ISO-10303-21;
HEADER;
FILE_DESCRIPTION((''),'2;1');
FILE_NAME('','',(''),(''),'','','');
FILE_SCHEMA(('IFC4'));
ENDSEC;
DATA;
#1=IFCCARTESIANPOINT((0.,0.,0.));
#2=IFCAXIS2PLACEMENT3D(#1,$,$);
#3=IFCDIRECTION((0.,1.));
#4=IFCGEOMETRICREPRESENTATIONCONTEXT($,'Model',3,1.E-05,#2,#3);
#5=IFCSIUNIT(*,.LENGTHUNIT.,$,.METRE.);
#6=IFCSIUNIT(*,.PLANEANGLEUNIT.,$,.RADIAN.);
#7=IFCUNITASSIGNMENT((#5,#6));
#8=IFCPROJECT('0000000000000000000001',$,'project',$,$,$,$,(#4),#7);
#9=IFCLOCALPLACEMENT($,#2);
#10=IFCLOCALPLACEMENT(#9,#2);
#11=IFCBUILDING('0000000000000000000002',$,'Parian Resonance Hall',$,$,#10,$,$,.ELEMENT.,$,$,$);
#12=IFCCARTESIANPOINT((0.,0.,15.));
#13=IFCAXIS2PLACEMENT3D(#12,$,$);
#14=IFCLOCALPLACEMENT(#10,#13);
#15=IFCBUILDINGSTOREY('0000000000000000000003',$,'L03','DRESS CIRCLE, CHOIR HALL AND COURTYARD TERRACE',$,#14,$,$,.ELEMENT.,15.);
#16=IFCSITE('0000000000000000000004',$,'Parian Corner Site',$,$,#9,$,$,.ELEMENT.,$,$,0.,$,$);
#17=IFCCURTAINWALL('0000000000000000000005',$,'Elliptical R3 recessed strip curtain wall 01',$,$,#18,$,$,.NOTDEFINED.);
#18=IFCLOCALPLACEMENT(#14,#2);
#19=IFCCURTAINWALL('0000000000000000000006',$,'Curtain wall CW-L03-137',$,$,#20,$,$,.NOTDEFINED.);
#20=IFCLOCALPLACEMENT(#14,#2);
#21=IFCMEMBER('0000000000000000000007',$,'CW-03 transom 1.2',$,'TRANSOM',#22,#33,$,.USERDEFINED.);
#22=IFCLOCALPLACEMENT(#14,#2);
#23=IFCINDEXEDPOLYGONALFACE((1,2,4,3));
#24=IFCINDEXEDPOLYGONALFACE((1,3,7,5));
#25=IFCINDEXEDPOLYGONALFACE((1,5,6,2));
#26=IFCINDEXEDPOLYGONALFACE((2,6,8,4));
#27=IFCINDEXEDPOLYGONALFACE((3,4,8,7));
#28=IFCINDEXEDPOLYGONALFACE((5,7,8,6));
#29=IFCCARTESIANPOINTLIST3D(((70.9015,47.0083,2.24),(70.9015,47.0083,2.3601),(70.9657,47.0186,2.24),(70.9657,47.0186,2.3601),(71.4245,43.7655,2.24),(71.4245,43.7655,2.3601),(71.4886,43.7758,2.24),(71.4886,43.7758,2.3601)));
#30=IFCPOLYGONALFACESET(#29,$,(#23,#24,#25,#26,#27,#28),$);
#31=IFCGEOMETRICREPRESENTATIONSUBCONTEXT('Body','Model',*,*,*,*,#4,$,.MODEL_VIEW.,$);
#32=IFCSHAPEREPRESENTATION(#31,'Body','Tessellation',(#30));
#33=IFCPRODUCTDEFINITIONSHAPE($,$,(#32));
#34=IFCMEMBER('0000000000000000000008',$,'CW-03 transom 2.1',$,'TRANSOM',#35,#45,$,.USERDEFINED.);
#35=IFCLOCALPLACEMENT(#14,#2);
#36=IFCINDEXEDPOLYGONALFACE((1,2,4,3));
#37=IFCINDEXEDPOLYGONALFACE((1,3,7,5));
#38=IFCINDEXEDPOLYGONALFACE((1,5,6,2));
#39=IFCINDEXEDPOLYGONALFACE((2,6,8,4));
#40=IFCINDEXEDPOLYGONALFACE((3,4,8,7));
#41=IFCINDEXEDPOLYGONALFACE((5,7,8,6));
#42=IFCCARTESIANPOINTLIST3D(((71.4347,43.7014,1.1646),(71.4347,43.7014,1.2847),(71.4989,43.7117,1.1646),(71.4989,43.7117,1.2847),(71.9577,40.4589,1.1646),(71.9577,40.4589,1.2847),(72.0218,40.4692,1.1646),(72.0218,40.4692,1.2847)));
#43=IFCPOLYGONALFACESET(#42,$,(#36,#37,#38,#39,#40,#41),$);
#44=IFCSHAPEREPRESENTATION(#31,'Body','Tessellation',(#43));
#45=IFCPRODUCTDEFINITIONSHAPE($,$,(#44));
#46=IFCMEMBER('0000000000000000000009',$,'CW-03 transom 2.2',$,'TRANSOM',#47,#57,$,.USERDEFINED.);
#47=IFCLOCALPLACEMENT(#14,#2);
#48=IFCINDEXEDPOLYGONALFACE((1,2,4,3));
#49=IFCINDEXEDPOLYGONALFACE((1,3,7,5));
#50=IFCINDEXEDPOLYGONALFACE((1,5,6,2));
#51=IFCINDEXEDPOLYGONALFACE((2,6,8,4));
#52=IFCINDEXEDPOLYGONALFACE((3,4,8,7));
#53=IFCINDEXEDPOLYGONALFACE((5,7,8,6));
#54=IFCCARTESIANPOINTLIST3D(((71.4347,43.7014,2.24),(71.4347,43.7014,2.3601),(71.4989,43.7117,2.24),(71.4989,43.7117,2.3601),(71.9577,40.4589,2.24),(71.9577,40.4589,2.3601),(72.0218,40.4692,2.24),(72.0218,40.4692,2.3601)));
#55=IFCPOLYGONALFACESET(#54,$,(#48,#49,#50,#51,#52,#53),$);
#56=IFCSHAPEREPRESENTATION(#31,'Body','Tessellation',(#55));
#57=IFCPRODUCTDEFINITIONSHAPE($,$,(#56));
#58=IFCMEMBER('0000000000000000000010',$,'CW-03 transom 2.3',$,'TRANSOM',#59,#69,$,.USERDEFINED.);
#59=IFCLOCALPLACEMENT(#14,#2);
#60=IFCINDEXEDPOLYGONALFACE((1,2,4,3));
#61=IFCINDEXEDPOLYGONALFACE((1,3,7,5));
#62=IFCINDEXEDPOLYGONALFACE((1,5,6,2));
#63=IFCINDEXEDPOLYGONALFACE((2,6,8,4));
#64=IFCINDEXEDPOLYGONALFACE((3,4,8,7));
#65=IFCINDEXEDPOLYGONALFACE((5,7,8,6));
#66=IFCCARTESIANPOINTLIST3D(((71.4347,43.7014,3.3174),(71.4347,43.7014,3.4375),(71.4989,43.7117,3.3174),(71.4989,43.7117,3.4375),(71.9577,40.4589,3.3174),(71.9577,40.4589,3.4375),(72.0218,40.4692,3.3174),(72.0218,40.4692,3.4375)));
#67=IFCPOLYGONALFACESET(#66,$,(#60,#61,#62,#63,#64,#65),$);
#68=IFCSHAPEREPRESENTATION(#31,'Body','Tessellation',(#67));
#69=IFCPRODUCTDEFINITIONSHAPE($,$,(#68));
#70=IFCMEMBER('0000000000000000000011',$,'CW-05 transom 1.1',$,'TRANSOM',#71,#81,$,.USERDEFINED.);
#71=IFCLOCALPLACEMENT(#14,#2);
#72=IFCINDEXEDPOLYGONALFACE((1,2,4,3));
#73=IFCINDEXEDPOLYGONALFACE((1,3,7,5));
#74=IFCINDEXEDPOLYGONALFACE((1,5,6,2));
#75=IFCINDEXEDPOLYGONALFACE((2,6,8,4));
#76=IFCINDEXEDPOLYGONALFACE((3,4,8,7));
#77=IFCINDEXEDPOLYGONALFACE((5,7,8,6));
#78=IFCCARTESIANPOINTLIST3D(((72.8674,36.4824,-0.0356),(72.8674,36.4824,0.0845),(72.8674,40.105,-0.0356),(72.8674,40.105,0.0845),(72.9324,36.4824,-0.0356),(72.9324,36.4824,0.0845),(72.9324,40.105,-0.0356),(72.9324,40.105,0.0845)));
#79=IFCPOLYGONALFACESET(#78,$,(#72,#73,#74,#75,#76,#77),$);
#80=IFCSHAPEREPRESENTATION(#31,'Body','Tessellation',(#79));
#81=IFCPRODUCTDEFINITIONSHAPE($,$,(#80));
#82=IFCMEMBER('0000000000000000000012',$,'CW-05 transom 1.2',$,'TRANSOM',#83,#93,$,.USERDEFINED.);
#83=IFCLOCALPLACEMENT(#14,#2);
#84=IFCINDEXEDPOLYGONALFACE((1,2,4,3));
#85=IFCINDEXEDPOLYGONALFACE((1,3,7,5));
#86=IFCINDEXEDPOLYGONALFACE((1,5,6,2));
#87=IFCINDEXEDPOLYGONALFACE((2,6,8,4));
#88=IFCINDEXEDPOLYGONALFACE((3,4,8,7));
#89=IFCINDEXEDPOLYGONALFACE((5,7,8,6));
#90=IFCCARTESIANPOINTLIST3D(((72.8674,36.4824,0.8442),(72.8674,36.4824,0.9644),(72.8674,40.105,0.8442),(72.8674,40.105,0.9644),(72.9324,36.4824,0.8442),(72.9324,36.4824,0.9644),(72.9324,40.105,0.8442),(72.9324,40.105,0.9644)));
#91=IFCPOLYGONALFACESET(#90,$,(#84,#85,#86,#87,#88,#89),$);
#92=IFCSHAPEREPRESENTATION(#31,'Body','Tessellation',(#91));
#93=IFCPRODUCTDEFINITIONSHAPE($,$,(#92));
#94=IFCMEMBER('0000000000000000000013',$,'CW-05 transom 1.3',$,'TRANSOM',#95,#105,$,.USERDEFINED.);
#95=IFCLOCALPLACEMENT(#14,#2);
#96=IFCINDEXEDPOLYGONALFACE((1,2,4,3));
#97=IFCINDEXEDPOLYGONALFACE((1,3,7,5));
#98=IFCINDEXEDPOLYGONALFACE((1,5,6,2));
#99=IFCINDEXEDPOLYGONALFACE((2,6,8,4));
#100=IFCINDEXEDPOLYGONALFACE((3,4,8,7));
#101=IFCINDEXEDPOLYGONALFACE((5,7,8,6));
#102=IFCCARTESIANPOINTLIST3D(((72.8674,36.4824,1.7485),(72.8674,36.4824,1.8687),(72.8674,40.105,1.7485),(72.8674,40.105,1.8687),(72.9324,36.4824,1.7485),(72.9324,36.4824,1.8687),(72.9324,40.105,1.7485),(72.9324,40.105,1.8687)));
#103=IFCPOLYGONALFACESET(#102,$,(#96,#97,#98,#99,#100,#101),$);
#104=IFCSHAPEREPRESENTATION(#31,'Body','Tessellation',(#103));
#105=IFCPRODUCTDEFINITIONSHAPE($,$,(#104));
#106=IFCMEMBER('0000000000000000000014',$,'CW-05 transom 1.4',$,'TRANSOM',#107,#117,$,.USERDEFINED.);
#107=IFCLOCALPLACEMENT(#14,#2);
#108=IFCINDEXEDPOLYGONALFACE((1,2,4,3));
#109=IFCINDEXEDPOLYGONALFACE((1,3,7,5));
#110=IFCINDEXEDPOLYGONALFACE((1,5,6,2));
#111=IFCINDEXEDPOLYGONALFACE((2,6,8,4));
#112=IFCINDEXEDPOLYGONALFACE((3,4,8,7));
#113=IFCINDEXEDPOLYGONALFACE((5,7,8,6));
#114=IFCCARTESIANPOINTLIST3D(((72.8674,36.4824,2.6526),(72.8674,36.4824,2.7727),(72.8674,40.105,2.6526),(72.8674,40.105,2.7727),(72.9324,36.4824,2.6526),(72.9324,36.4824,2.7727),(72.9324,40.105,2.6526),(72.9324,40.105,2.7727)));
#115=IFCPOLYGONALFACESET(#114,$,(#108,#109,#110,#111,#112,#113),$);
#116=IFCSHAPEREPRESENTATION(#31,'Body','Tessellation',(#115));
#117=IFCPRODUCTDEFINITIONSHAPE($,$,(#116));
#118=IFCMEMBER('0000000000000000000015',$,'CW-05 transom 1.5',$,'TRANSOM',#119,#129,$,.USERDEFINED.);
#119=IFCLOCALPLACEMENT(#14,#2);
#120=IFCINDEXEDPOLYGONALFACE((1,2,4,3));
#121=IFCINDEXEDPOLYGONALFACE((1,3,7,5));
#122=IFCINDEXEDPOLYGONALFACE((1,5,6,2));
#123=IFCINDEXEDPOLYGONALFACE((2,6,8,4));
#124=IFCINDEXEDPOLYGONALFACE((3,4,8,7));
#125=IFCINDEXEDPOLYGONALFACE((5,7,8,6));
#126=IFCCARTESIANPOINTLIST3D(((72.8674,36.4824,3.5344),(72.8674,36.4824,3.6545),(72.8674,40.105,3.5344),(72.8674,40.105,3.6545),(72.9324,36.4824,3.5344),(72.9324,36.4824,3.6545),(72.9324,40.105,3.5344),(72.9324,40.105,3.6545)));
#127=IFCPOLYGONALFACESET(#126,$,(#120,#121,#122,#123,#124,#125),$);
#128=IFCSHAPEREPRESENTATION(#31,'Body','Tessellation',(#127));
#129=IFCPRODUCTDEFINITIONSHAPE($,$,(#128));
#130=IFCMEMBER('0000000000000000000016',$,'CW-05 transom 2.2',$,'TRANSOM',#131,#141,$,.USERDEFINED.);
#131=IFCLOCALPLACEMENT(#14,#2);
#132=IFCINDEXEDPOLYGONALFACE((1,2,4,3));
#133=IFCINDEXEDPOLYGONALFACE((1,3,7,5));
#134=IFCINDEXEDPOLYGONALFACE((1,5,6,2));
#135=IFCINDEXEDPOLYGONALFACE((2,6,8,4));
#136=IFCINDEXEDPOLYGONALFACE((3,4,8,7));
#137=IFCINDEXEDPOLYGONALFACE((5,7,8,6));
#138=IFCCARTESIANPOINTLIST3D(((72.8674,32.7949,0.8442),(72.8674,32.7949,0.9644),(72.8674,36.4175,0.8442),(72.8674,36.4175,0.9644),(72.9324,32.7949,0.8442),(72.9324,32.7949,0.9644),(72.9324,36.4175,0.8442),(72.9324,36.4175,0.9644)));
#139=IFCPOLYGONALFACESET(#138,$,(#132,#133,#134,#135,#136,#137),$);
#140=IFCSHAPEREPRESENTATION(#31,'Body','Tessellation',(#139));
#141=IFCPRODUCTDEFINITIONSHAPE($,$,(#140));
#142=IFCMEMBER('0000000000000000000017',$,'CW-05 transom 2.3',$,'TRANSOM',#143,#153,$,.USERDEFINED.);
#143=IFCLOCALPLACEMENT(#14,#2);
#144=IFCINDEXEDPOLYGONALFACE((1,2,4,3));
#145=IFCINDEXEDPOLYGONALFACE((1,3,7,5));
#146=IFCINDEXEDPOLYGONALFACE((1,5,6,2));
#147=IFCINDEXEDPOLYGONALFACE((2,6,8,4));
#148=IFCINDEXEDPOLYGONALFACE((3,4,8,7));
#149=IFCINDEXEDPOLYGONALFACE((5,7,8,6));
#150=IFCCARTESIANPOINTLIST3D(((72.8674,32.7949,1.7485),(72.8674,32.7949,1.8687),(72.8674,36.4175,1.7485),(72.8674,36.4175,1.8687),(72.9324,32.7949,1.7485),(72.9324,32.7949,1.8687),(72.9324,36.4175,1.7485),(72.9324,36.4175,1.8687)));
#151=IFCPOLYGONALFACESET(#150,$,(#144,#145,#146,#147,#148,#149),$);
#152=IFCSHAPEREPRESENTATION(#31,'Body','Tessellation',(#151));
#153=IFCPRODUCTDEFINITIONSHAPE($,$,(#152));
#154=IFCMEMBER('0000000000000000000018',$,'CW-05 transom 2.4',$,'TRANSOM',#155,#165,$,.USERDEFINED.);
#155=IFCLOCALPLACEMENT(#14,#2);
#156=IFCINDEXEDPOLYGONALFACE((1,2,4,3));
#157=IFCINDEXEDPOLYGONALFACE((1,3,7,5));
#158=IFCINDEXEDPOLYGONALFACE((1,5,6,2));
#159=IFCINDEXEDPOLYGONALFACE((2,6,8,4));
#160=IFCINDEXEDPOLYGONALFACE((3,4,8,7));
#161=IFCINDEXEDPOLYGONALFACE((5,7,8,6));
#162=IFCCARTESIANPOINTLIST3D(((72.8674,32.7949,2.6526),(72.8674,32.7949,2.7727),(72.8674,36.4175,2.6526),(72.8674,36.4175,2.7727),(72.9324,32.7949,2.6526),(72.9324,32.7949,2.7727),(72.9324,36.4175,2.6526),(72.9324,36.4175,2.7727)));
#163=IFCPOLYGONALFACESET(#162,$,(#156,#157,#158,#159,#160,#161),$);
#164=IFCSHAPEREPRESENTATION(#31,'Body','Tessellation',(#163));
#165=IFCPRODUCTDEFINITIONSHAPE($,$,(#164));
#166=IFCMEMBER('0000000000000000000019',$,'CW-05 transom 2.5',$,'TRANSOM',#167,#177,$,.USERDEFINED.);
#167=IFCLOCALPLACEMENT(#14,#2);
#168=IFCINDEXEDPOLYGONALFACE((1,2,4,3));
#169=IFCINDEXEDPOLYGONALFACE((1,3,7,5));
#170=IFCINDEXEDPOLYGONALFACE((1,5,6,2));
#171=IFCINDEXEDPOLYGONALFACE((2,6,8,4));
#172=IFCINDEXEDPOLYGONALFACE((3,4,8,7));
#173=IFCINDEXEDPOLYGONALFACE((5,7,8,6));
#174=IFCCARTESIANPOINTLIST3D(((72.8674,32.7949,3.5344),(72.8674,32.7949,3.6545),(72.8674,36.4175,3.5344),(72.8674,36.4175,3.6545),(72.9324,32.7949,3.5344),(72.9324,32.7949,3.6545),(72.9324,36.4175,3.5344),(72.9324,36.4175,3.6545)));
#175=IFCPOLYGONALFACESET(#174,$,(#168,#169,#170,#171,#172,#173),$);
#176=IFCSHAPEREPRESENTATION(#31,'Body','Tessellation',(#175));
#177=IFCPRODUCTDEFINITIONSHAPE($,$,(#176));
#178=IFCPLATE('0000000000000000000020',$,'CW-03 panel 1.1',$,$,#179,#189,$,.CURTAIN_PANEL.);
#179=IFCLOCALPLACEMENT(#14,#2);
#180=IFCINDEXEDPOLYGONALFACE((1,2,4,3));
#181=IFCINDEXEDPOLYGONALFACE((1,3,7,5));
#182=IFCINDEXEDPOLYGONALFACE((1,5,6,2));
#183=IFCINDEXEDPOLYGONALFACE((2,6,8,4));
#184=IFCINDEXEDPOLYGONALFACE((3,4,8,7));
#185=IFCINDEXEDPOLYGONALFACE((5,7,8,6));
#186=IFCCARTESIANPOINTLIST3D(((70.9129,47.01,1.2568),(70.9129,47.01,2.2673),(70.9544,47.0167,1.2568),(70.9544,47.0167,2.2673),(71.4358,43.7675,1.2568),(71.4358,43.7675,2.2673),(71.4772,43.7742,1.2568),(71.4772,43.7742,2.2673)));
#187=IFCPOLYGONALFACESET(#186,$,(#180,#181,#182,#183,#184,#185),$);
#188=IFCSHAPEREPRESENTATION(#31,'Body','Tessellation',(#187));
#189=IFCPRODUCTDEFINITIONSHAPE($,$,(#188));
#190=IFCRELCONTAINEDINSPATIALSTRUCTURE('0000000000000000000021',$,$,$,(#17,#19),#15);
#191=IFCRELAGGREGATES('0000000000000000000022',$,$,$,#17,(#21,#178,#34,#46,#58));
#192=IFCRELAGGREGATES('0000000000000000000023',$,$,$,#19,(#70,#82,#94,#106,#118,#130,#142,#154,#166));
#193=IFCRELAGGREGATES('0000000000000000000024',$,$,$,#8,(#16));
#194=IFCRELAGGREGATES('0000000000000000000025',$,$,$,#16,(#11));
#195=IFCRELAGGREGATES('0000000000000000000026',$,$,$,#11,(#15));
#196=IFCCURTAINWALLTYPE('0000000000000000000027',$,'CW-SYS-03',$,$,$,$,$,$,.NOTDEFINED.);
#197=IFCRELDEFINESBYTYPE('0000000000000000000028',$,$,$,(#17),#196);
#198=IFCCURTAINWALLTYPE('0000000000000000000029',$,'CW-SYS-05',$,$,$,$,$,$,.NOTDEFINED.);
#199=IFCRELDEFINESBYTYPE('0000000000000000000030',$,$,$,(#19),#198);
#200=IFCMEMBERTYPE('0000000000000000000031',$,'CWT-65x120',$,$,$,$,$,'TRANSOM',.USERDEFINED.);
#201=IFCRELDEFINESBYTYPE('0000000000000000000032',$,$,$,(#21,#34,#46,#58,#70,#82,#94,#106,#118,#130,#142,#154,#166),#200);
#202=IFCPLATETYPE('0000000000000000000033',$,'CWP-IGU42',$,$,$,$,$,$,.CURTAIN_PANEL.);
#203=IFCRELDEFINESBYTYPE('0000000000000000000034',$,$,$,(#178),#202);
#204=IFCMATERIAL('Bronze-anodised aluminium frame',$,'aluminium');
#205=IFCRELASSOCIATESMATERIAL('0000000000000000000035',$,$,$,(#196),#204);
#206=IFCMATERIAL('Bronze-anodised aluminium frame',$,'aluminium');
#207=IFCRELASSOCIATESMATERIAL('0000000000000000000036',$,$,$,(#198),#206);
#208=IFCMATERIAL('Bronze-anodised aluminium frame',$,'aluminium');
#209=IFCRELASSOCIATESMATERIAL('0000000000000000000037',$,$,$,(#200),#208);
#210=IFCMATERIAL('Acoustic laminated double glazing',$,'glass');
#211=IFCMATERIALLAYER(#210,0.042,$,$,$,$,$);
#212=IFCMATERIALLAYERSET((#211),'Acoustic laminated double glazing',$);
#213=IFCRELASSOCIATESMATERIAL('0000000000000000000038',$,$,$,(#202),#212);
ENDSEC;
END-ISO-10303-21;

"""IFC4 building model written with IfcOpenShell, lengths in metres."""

from ifc_helpers import new_model, si_unit, direction, frame, origin, origin_2d, place, context, subcontext, project, spatial, rectangle, extrude, material, layer, layer_set, material_profile, profile_set, type_object, element, aggregate, save


model = new_model("IFC4")

# Units and contexts
model_context = context("Model", 3, precision=1e-05, world=origin(), true_north=direction((0.0, 1.0)))
body_context = subcontext(model_context, "Body", "Model", "MODEL_VIEW")
ifc_project = project(units=[si_unit("LENGTHUNIT", "METRE"), si_unit("PLANEANGLEUNIT", "RADIAN")], contexts=[model_context])

# Site, building, storey
site_placement = place(None, origin())
site = spatial("IfcSite", under=ifc_project, at=site_placement, Name="Parian Corner Site", CompositionType="ELEMENT", RefElevation=0.0)
building_placement = place(site_placement, origin())
building = spatial("IfcBuilding", under=site, at=building_placement, Name="Parian Resonance Hall", CompositionType="ELEMENT")
storey_placement = place(building_placement, frame((0.0, 0.0, 15.0)))
storey = spatial("IfcBuildingStorey", under=building, at=storey_placement, Name="L03", Description="DRESS CIRCLE, CHOIR HALL AND COURTYARD TERRACE", CompositionType="ELEMENT", Elevation=15.0)

# Curtain walls
ifc_material_1 = material(Name="Bronze-anodised aluminium frame", Category="aluminium")
curtain_wall_type_1 = type_object("IfcCurtainWallType", Name="CW-SYS-03", PredefinedType="NOTDEFINED", material=ifc_material_1)
curtain_wall_1_placement = place(storey_placement, origin())
curtain_wall_1 = element("IfcCurtainWall", 1, at=curtain_wall_1_placement, inside=storey, type_object=curtain_wall_type_1, Name="Elliptical R3 recessed strip curtain wall 01", PredefinedType="NOTDEFINED")
ifc_material_2 = material(Name="Bronze-anodised aluminium frame", Category="aluminium")
curtain_wall_type_2 = type_object("IfcCurtainWallType", Name="CW-SYS-05", PredefinedType="NOTDEFINED", material=ifc_material_2)
curtain_wall_2_placement = place(storey_placement, origin())
curtain_wall_2 = element("IfcCurtainWall", 2, at=curtain_wall_2_placement, inside=storey, type_object=curtain_wall_type_2, Name="Curtain wall CW-L03-137", PredefinedType="NOTDEFINED")

# Members
ifc_material_3 = material(Name="Bronze-anodised aluminium frame", Category="aluminium")
ifc_material_profile_1 = material_profile(ifc_material_3, rectangle(XDim=0.0649, YDim=0.1201, at=origin_2d()), Name="CWT-65x120")
ifc_profile_set_1 = profile_set([ifc_material_profile_1], Name="Bronze-anodised aluminium frame")
member_type_1 = type_object("IfcMemberType", Name="CWT-65x120", ElementType="TRANSOM", PredefinedType="USERDEFINED", material=ifc_profile_set_1)
member_1_placement = place(storey_placement, frame((70.9336, 47.0134, 2.3), z_axis=(0.159214, -0.987244, 0.0), x_axis=(0.987244, 0.159214, 0.0)))
member_1 = element("IfcMember", 3, at=member_1_placement, type_object=member_type_1, Name="CW-03 transom 1.2", ObjectType="TRANSOM", PredefinedType="USERDEFINED", context=body_context, shape_type="SweptSolid", body=[
    extrude(rectangle(XDim=0.0649, YDim=0.1201, at=origin_2d()), origin(), (0.0, 0.0, 1.0), 3.2847),
])
member_2_placement = place(storey_placement, frame((71.4668, 43.7065, 1.2246), z_axis=(0.159225, -0.987242, 0.0), x_axis=(0.987242, 0.159225, 0.0)))
member_2 = element("IfcMember", 4, at=member_2_placement, type_object=member_type_1, Name="CW-03 transom 2.1", ObjectType="TRANSOM", PredefinedType="USERDEFINED", context=body_context, shape_type="SweptSolid", body=[
    extrude(rectangle(XDim=0.0649, YDim=0.1201, at=origin_2d()), origin(), (0.0, 0.0, 1.0), 3.2844),
])
member_3_placement = place(storey_placement, frame((71.4668, 43.7065, 2.3), z_axis=(0.159225, -0.987242, 0.0), x_axis=(0.987242, 0.159225, 0.0)))
member_3 = element("IfcMember", 5, at=member_3_placement, type_object=member_type_1, Name="CW-03 transom 2.2", ObjectType="TRANSOM", PredefinedType="USERDEFINED", context=body_context, shape_type="SweptSolid", body=[
    extrude(rectangle(XDim=0.0649, YDim=0.1201, at=origin_2d()), origin(), (0.0, 0.0, 1.0), 3.2844),
])
member_4_placement = place(storey_placement, frame((71.4668, 43.7065, 3.3774), z_axis=(0.159225, -0.987242, 0.0), x_axis=(0.987242, 0.159225, 0.0)))
member_4 = element("IfcMember", 6, at=member_4_placement, type_object=member_type_1, Name="CW-03 transom 2.3", ObjectType="TRANSOM", PredefinedType="USERDEFINED", context=body_context, shape_type="SweptSolid", body=[
    extrude(rectangle(XDim=0.0649, YDim=0.1201, at=origin_2d()), origin(), (0.0, 0.0, 1.0), 3.2844),
])
member_5_placement = place(storey_placement, frame((72.8999, 40.105, 0.0244), z_axis=(0.0, -1.0, 0.0), x_axis=(1.0, 0.0, 0.0)))
member_5 = element("IfcMember", 7, at=member_5_placement, type_object=member_type_1, Name="CW-05 transom 1.1", ObjectType="TRANSOM", PredefinedType="USERDEFINED", context=body_context, shape_type="SweptSolid", body=[
    extrude(rectangle(XDim=0.0649, YDim=0.1201, at=origin_2d()), origin(), (0.0, 0.0, 1.0), 3.6226),
])
member_6_placement = place(storey_placement, frame((72.8999, 40.105, 0.9043), z_axis=(0.0, -1.0, 0.0), x_axis=(1.0, 0.0, 0.0)))
member_6 = element("IfcMember", 8, at=member_6_placement, type_object=member_type_1, Name="CW-05 transom 1.2", ObjectType="TRANSOM", PredefinedType="USERDEFINED", context=body_context, shape_type="SweptSolid", body=[
    extrude(rectangle(XDim=0.0649, YDim=0.1201, at=origin_2d()), origin(), (0.0, 0.0, 1.0), 3.6226),
])
member_7_placement = place(storey_placement, frame((72.8999, 40.105, 1.8086), z_axis=(0.0, -1.0, 0.0), x_axis=(1.0, 0.0, 0.0)))
member_7 = element("IfcMember", 9, at=member_7_placement, type_object=member_type_1, Name="CW-05 transom 1.3", ObjectType="TRANSOM", PredefinedType="USERDEFINED", context=body_context, shape_type="SweptSolid", body=[
    extrude(rectangle(XDim=0.0649, YDim=0.1201, at=origin_2d()), origin(), (0.0, 0.0, 1.0), 3.6226),
])
member_8_placement = place(storey_placement, frame((72.8999, 40.105, 2.7126), z_axis=(0.0, -1.0, 0.0), x_axis=(1.0, 0.0, 0.0)))
member_8 = element("IfcMember", 10, at=member_8_placement, type_object=member_type_1, Name="CW-05 transom 1.4", ObjectType="TRANSOM", PredefinedType="USERDEFINED", context=body_context, shape_type="SweptSolid", body=[
    extrude(rectangle(XDim=0.0649, YDim=0.1201, at=origin_2d()), origin(), (0.0, 0.0, 1.0), 3.6226),
])
member_9_placement = place(storey_placement, frame((72.8999, 40.105, 3.5945), z_axis=(0.0, -1.0, 0.0), x_axis=(1.0, 0.0, 0.0)))
member_9 = element("IfcMember", 11, at=member_9_placement, type_object=member_type_1, Name="CW-05 transom 1.5", ObjectType="TRANSOM", PredefinedType="USERDEFINED", context=body_context, shape_type="SweptSolid", body=[
    extrude(rectangle(XDim=0.0649, YDim=0.1201, at=origin_2d()), origin(), (0.0, 0.0, 1.0), 3.6226),
])
member_10_placement = place(storey_placement, frame((72.8999, 36.4175, 0.9043), z_axis=(0.0, -1.0, 0.0), x_axis=(1.0, 0.0, 0.0)))
member_10 = element("IfcMember", 12, at=member_10_placement, type_object=member_type_1, Name="CW-05 transom 2.2", ObjectType="TRANSOM", PredefinedType="USERDEFINED", context=body_context, shape_type="SweptSolid", body=[
    extrude(rectangle(XDim=0.0649, YDim=0.1201, at=origin_2d()), origin(), (0.0, 0.0, 1.0), 3.6226),
])
member_11_placement = place(storey_placement, frame((72.8999, 36.4175, 1.8086), z_axis=(0.0, -1.0, 0.0), x_axis=(1.0, 0.0, 0.0)))
member_11 = element("IfcMember", 13, at=member_11_placement, type_object=member_type_1, Name="CW-05 transom 2.3", ObjectType="TRANSOM", PredefinedType="USERDEFINED", context=body_context, shape_type="SweptSolid", body=[
    extrude(rectangle(XDim=0.0649, YDim=0.1201, at=origin_2d()), origin(), (0.0, 0.0, 1.0), 3.6226),
])
member_12_placement = place(storey_placement, frame((72.8999, 36.4175, 2.7126), z_axis=(0.0, -1.0, 0.0), x_axis=(1.0, 0.0, 0.0)))
member_12 = element("IfcMember", 14, at=member_12_placement, type_object=member_type_1, Name="CW-05 transom 2.4", ObjectType="TRANSOM", PredefinedType="USERDEFINED", context=body_context, shape_type="SweptSolid", body=[
    extrude(rectangle(XDim=0.0649, YDim=0.1201, at=origin_2d()), origin(), (0.0, 0.0, 1.0), 3.6226),
])
member_13_placement = place(storey_placement, frame((72.8999, 36.4175, 3.5945), z_axis=(0.0, -1.0, 0.0), x_axis=(1.0, 0.0, 0.0)))
member_13 = element("IfcMember", 15, at=member_13_placement, type_object=member_type_1, Name="CW-05 transom 2.5", ObjectType="TRANSOM", PredefinedType="USERDEFINED", context=body_context, shape_type="SweptSolid", body=[
    extrude(rectangle(XDim=0.0649, YDim=0.1201, at=origin_2d()), origin(), (0.0, 0.0, 1.0), 3.6226),
])

# Plate
ifc_material_4 = material(Name="Acoustic laminated double glazing", Category="glass")
ifc_layer_1 = layer(ifc_material_4, 0.042)
ifc_layer_set_1 = layer_set([ifc_layer_1], Name="Acoustic laminated double glazing")
plate_type = type_object("IfcPlateType", Name="CWP-IGU42", PredefinedType="CURTAIN_PANEL", material=ifc_layer_set_1)
plate_1_placement = place(storey_placement, frame((71.1951, 45.3921, 1.2568), z_axis=(0.0, 0.0, 1.0), x_axis=(0.159187, -0.987248, 0.0)))
plate_1 = element("IfcPlate", 16, at=plate_1_placement, type_object=plate_type, Name="CW-03 panel 1.1", PredefinedType="CURTAIN_PANEL", context=body_context, shape_type="SweptSolid", body=[
    extrude(rectangle(XDim=3.2844, YDim=0.042, at=origin_2d()), origin(), (0.0, 0.0, 1.0), 1.0105),
])
aggregate(curtain_wall_1, [member_1, plate_1, member_2, member_3, member_4])
aggregate(curtain_wall_2, [member_5, member_6, member_7, member_8, member_9, member_10, member_11, member_12, member_13])

save(model, "model.ifc")
